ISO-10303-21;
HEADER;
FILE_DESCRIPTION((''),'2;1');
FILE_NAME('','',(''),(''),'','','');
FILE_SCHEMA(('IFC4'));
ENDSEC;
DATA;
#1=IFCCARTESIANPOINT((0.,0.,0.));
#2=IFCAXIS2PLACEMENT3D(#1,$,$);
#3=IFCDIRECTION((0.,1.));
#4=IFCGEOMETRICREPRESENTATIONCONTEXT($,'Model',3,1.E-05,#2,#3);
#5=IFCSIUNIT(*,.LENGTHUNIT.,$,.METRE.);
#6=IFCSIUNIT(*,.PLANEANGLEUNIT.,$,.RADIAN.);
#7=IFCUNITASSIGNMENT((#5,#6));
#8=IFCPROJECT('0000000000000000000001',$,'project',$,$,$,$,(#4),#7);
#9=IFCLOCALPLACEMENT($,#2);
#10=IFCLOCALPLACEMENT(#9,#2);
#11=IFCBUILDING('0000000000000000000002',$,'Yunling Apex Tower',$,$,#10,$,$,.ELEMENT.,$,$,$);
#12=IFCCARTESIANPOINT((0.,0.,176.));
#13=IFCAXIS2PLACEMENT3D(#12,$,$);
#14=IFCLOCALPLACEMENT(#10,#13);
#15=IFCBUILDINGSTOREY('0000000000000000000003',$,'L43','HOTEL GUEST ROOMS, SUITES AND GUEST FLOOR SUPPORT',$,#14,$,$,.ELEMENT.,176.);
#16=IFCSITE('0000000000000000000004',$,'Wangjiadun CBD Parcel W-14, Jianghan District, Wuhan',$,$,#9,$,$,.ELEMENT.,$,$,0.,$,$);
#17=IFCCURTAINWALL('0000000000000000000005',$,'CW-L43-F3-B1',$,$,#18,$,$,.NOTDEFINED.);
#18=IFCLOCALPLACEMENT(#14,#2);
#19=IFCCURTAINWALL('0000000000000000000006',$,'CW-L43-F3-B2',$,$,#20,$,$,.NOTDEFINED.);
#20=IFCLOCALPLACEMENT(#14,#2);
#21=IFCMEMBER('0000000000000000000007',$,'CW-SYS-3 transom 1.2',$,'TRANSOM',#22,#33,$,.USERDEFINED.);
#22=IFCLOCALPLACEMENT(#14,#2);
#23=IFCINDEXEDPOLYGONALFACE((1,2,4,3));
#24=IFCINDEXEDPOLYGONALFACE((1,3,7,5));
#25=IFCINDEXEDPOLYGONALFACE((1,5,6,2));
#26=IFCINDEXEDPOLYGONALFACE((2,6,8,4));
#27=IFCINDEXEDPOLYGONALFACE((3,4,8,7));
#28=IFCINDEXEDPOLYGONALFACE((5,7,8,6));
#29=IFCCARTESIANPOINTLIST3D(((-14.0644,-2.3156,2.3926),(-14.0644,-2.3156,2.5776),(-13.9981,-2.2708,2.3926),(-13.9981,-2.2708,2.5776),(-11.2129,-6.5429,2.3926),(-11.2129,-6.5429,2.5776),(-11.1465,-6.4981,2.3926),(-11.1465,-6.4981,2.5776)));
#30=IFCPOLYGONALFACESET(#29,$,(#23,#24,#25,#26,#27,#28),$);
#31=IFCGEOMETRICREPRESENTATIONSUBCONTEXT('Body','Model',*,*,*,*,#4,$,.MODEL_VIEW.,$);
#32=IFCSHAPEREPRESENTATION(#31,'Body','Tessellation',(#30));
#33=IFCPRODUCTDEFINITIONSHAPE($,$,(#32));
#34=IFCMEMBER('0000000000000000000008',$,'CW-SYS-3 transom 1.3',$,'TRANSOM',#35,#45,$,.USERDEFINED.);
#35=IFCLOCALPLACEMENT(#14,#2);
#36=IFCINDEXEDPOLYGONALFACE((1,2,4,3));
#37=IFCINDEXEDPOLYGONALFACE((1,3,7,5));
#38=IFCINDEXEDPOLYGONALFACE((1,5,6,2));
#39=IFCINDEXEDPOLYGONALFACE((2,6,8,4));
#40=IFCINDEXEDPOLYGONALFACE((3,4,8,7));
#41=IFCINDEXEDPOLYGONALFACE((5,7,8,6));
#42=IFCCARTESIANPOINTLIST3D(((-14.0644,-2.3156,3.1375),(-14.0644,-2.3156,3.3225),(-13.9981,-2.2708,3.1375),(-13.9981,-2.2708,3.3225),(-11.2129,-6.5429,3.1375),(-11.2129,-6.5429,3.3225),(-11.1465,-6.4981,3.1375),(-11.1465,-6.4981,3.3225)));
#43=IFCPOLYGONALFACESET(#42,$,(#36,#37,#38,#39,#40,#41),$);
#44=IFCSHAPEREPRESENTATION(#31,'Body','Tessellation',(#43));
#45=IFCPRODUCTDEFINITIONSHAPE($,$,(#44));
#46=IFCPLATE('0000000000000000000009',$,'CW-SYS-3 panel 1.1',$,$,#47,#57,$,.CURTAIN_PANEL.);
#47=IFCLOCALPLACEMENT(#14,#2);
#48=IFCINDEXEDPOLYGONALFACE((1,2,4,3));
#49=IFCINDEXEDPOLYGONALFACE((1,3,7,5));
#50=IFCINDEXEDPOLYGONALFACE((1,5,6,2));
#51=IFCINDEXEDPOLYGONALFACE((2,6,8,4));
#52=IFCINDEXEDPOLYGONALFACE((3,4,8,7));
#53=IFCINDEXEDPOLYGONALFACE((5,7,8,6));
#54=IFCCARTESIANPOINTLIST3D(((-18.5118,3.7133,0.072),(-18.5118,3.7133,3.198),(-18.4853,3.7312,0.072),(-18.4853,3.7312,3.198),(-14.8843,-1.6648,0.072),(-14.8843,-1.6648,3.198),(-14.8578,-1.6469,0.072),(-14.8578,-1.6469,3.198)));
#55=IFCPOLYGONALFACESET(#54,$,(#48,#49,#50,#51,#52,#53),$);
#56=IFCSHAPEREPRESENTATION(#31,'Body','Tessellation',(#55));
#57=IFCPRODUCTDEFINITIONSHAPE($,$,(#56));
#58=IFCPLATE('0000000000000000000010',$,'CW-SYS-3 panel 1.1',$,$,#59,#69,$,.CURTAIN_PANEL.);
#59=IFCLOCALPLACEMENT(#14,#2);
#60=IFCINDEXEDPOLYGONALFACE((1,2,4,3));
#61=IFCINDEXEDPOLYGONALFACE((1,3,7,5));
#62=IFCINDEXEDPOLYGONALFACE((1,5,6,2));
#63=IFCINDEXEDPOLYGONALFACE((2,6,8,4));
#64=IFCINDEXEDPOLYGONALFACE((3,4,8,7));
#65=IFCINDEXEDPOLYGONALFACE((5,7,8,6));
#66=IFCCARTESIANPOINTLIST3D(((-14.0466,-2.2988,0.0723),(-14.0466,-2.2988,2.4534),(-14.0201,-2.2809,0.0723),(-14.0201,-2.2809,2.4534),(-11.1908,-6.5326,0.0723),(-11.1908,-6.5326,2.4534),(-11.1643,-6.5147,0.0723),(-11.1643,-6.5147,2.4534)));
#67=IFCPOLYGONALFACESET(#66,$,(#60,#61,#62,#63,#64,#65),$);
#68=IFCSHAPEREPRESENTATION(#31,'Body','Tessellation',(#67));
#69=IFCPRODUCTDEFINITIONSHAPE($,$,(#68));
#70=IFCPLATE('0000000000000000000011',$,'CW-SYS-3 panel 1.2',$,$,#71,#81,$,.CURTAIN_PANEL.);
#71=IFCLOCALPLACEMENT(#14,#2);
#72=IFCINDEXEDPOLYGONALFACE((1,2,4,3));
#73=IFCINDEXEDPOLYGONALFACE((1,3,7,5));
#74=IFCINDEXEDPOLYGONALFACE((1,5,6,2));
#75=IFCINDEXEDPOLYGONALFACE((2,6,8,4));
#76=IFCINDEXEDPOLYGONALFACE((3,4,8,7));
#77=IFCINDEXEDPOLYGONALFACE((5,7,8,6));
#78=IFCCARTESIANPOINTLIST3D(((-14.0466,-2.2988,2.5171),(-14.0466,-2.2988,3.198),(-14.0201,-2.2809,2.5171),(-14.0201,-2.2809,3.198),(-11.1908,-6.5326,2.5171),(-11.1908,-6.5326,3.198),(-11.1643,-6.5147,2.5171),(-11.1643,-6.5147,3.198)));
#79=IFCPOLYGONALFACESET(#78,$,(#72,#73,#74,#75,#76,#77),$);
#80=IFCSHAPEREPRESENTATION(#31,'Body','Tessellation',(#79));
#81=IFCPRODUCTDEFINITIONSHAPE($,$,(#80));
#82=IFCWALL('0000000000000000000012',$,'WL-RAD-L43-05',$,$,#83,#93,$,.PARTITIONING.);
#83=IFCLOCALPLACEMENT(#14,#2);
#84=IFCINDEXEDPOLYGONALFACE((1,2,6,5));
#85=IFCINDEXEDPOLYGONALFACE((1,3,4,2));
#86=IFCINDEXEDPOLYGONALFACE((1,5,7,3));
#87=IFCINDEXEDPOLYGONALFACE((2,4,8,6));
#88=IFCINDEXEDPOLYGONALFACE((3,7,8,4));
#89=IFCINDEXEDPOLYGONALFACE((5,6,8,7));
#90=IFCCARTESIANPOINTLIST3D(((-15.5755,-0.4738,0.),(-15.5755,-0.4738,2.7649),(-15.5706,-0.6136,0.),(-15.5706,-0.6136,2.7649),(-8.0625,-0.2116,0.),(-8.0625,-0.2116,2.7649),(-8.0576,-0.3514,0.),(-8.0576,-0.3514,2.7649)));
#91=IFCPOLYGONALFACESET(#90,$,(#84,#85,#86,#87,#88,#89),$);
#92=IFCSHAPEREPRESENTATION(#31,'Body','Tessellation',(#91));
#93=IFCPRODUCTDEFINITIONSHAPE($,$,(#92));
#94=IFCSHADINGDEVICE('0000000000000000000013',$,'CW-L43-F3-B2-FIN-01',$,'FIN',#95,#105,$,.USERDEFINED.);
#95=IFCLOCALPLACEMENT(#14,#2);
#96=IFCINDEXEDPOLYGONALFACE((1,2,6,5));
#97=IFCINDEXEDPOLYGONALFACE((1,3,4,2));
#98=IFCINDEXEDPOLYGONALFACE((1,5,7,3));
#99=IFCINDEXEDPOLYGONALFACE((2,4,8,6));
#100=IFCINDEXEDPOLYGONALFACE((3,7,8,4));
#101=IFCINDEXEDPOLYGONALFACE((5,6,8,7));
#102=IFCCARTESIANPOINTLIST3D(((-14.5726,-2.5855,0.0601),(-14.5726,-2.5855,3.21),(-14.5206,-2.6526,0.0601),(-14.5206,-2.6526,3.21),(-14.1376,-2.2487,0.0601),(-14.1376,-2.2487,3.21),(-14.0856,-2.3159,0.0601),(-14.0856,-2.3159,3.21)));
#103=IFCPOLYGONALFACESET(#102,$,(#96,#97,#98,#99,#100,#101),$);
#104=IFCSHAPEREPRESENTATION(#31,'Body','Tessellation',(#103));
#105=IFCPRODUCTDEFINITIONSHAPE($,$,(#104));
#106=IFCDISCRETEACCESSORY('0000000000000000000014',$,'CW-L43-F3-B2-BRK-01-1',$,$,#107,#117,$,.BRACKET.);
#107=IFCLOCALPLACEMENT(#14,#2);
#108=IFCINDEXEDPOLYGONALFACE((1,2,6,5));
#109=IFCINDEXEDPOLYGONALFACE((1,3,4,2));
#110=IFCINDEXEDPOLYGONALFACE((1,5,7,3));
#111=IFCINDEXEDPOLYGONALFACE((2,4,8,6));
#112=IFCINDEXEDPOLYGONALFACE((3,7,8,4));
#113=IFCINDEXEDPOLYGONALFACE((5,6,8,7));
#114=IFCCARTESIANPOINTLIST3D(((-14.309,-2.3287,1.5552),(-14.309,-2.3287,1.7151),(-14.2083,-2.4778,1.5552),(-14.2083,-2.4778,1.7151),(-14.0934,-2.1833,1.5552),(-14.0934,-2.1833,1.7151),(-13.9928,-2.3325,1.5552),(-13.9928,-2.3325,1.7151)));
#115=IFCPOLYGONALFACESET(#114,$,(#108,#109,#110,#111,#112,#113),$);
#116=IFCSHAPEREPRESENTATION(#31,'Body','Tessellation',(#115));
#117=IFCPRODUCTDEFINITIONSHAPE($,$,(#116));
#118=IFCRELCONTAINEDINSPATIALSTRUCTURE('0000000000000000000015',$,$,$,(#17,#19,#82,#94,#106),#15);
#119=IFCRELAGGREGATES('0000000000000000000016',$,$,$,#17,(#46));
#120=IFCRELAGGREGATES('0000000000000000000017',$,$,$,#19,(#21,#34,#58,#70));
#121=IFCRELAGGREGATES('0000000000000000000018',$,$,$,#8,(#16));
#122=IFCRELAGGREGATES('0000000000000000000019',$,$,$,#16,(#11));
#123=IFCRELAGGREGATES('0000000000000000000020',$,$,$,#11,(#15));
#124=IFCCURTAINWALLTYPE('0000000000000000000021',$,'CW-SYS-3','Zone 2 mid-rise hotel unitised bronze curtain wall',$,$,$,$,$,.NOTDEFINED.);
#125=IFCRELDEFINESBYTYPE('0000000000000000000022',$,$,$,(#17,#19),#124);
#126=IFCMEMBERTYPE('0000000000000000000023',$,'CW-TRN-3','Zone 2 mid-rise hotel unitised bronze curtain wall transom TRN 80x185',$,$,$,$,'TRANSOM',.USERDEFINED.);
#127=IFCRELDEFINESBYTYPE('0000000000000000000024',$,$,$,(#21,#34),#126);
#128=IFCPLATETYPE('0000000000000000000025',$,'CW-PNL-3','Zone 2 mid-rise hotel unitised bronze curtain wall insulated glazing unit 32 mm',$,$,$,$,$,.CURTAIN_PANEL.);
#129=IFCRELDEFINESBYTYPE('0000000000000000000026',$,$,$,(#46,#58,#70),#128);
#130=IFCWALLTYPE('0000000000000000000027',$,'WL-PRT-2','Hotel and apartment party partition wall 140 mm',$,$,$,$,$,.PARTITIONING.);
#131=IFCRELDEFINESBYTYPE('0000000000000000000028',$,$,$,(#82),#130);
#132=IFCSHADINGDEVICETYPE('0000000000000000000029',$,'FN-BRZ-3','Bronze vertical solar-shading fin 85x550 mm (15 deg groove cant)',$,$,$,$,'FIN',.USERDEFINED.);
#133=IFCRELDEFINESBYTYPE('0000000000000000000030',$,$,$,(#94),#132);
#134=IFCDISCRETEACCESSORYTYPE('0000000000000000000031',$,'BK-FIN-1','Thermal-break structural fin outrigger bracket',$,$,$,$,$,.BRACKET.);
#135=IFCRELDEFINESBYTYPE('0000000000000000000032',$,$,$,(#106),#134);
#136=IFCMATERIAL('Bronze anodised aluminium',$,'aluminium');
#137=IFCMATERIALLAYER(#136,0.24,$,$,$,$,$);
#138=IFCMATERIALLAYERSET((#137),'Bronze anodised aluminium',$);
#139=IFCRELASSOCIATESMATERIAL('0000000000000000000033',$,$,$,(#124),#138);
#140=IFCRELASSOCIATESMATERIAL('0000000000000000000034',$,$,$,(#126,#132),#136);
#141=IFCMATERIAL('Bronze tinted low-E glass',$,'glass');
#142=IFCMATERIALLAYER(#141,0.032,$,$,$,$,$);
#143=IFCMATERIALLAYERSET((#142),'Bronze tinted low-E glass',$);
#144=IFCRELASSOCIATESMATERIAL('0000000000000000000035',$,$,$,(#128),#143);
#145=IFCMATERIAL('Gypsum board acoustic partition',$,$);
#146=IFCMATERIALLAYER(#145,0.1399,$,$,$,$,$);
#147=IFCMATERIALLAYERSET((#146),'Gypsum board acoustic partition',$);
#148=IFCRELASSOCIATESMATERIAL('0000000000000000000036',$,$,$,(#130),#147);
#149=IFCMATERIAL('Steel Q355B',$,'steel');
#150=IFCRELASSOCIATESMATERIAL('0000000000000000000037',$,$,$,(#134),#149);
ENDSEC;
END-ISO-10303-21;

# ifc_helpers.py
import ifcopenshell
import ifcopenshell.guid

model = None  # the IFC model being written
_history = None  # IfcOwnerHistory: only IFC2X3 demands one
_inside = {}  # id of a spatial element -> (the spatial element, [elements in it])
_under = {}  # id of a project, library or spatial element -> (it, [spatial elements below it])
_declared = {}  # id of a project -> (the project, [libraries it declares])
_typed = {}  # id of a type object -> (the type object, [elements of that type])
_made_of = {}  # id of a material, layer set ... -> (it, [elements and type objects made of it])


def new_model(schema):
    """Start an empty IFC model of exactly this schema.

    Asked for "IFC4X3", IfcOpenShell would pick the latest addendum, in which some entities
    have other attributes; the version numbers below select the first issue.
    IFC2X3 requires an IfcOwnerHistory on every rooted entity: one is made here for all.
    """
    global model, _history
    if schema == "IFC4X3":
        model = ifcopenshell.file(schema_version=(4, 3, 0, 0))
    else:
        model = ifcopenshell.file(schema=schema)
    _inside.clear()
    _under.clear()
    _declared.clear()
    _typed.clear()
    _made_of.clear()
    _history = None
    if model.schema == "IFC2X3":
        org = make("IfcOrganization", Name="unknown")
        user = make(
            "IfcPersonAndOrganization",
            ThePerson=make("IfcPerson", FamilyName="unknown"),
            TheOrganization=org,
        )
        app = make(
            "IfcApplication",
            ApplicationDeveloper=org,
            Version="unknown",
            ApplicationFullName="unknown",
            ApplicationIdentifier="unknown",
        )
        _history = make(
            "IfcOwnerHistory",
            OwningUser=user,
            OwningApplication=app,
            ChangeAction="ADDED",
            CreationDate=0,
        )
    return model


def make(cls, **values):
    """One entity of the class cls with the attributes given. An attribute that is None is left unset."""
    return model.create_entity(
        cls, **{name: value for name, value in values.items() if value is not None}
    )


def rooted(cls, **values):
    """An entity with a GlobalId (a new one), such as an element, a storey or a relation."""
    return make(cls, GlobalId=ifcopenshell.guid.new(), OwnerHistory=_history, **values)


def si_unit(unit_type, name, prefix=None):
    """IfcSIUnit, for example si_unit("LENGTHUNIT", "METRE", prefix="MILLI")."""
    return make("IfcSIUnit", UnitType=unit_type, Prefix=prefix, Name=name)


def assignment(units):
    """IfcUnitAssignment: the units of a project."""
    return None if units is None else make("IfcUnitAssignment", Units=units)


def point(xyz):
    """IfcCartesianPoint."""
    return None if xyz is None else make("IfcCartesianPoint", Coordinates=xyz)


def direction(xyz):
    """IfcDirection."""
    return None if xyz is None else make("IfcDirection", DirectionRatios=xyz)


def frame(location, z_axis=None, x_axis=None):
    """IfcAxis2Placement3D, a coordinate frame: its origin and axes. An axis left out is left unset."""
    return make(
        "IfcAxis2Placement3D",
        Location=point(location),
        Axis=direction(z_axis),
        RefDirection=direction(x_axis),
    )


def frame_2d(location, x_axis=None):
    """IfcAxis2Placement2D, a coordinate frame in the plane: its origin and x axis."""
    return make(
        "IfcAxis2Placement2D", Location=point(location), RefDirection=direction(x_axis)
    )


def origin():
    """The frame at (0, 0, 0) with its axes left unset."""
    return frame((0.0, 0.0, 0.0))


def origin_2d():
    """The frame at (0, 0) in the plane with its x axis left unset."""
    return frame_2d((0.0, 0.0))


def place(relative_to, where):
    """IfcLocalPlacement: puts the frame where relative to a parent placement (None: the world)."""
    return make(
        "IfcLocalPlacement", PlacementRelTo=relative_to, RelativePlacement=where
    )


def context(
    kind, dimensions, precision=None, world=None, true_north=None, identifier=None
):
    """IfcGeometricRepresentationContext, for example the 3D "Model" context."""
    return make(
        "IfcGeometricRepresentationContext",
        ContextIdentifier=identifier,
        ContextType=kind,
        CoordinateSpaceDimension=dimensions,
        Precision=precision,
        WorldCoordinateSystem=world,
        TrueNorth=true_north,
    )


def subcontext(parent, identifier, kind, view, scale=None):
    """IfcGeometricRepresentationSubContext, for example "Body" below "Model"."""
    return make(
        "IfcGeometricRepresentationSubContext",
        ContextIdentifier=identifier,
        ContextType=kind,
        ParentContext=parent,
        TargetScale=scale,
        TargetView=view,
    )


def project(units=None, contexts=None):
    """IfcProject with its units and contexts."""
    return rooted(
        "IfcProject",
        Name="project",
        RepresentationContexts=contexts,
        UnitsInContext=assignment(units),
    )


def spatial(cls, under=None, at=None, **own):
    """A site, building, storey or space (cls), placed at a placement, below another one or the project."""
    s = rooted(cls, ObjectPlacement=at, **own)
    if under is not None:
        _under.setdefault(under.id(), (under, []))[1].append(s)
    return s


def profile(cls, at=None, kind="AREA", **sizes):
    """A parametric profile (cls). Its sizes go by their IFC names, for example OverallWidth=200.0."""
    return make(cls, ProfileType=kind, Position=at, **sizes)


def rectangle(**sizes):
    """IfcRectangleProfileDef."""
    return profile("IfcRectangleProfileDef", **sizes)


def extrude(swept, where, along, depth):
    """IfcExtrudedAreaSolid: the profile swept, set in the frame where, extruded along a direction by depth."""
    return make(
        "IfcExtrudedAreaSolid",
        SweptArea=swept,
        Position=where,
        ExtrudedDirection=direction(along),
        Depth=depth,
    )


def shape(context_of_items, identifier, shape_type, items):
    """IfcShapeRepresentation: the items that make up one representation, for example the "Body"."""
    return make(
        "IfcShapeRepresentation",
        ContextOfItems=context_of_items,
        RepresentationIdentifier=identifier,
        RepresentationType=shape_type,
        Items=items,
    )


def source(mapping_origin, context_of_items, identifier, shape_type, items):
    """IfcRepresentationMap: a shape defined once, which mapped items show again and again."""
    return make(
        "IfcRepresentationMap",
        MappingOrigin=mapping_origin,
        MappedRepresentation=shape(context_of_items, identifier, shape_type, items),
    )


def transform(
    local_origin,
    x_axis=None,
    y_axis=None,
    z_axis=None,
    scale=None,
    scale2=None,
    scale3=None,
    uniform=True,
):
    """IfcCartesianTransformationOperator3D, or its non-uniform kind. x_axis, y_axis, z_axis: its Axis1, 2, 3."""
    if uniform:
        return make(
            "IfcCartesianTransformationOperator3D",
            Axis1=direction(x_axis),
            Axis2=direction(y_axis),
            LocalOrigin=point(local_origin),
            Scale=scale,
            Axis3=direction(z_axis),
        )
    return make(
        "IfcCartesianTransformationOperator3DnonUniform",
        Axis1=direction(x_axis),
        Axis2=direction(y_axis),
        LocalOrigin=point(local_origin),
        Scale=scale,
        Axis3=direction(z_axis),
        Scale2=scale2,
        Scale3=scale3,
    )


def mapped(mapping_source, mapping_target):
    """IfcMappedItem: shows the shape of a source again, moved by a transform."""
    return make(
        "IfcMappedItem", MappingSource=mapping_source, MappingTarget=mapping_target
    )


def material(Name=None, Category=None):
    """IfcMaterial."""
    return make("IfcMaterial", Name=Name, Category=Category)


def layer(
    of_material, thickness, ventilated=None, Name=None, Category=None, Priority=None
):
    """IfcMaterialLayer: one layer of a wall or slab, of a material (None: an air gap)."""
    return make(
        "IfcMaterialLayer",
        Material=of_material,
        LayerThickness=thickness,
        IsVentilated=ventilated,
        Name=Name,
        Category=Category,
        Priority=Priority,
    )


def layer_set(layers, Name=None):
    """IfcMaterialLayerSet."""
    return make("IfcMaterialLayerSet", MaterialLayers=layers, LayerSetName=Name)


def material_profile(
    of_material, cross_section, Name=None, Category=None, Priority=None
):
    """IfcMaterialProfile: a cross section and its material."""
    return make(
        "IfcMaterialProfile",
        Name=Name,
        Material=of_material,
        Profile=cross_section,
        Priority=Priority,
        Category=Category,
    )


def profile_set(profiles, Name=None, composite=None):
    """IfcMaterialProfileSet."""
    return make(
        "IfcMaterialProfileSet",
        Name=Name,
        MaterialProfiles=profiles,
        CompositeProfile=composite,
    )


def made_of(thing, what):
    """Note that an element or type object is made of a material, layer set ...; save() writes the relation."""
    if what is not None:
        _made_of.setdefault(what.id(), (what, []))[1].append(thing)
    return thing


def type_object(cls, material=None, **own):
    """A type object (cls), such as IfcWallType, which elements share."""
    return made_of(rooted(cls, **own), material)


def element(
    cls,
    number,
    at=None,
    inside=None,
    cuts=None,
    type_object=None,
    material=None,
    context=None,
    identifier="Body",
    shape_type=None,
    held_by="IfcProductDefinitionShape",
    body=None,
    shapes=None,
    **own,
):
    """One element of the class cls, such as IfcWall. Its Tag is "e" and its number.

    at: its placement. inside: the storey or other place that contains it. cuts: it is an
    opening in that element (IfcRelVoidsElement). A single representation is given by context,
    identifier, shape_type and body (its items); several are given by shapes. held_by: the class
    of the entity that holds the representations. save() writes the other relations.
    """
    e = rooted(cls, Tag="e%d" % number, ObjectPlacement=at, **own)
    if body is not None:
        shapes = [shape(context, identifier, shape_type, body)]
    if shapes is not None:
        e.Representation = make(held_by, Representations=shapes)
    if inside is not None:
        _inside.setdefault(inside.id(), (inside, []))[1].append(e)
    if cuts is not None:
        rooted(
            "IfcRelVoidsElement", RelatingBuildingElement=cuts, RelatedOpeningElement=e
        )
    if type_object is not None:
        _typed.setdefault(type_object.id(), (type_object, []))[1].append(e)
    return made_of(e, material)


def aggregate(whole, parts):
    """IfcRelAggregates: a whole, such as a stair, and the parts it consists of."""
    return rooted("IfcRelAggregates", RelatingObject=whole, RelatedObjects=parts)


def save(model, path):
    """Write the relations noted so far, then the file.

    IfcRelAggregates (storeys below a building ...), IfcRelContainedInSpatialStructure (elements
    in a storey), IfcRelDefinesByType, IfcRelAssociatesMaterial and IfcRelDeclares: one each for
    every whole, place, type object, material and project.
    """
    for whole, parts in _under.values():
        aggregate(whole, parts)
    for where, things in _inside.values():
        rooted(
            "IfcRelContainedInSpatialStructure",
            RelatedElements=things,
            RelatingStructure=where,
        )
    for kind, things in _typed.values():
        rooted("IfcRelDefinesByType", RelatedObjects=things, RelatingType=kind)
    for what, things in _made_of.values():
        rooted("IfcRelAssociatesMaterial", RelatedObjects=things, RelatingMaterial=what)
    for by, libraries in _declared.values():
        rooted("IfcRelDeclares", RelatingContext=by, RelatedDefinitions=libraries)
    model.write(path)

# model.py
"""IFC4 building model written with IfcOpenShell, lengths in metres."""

from ifc_helpers import new_model, si_unit, direction, frame, frame_2d, origin, origin_2d, place, context, subcontext, project, spatial, rectangle, extrude, source, transform, mapped, material, layer, layer_set, material_profile, profile_set, type_object, element, aggregate, save


model = new_model("IFC4")

# Units and contexts
model_context = context("Model", 3, precision=1e-05, world=origin(), true_north=direction((0.0, 1.0)))
body_context = subcontext(model_context, "Body", "Model", "MODEL_VIEW")
ifc_project = project(units=[si_unit("LENGTHUNIT", "METRE"), si_unit("PLANEANGLEUNIT", "RADIAN")], contexts=[model_context])

# Site, building, storey
site_placement = place(None, origin())
site = spatial("IfcSite", under=ifc_project, at=site_placement, Name="Wangjiadun CBD Parcel W-14, Jianghan District, Wuhan", CompositionType="ELEMENT", RefElevation=0.0)
building_placement = place(site_placement, origin())
building = spatial("IfcBuilding", under=site, at=building_placement, Name="Yunling Apex Tower", CompositionType="ELEMENT")
storey_placement = place(building_placement, frame((0.0, 0.0, 176.0)))
storey = spatial("IfcBuildingStorey", under=building, at=storey_placement, Name="L43", Description="HOTEL GUEST ROOMS, SUITES AND GUEST FLOOR SUPPORT", CompositionType="ELEMENT", Elevation=176.0)

# Shared definitions
ifc_material_1 = material(Name="Steel Q355B", Category="steel")

# Curtain wall
ifc_material_2 = material(Name="Bronze anodised aluminium", Category="aluminium")
ifc_layer_1 = layer(ifc_material_2, 0.24)
ifc_layer_set_1 = layer_set([ifc_layer_1], Name="Bronze anodised aluminium")
curtain_wall_type = type_object("IfcCurtainWallType", Name="CW-SYS-3", Description="Zone 2 mid-rise hotel unitised bronze curtain wall", PredefinedType="NOTDEFINED", material=ifc_layer_set_1)
curtain_wall_1_placement = place(storey_placement, origin())
curtain_wall_1 = element("IfcCurtainWall", 1, at=curtain_wall_1_placement, inside=storey, type_object=curtain_wall_type, Name="CW-L43-F3-B1", PredefinedType="NOTDEFINED")

# Curtain wall, members
curtain_wall_2_placement = place(storey_placement, origin())
curtain_wall_2 = element("IfcCurtainWall", 2, at=curtain_wall_2_placement, inside=storey, type_object=curtain_wall_type, Name="CW-L43-F3-B2", PredefinedType="NOTDEFINED")
ifc_material_profile_1 = material_profile(ifc_material_2, rectangle(XDim=0.0801, YDim=0.1851, at=origin_2d()))
ifc_profile_set_1 = profile_set([ifc_material_profile_1], Name="Bronze anodised aluminium")
member_type_1 = type_object("IfcMemberType", Name="CW-TRN-3", Description="Zone 2 mid-rise hotel unitised bronze curtain wall transom TRN 80x185", ElementType="TRANSOM", PredefinedType="USERDEFINED", material=ifc_profile_set_1)
shared_shape_1 = source(origin(), body_context, "Body", "SweptSolid", [
    extrude(rectangle(XDim=0.0801, YDim=0.1851, at=origin_2d()), origin(), (0.0, 0.0, 1.0), 5.0991),
])
member_1_placement = place(storey_placement, frame((-14.0312, -2.2932, 2.4851), z_axis=(0.559222, -0.829018, 0.0), x_axis=(0.829018, 0.559222, 0.0)))
member_1 = element("IfcMember", 3, at=member_1_placement, type_object=member_type_1, Name="CW-SYS-3 transom 1.2", ObjectType="TRANSOM", PredefinedType="USERDEFINED", context=body_context, shape_type="MappedRepresentation", body=[
    mapped(shared_shape_1, transform((0.0, 0.0, 0.0), scale=1.0)),
])
member_2_placement = place(storey_placement, frame((-14.0312, -2.2932, 3.23), z_axis=(0.559222, -0.829018, 0.0), x_axis=(0.829018, 0.559222, 0.0)))
member_2 = element("IfcMember", 4, at=member_2_placement, type_object=member_type_1, Name="CW-SYS-3 transom 1.3", ObjectType="TRANSOM", PredefinedType="USERDEFINED", context=body_context, shape_type="MappedRepresentation", body=[
    mapped(shared_shape_1, transform((0.0, 0.0, 0.0), scale=1.0)),
])

# Plates
ifc_material_3 = material(Name="Bronze tinted low-E glass", Category="glass")
ifc_layer_2 = layer(ifc_material_3, 0.032)
ifc_layer_set_2 = layer_set([ifc_layer_2], Name="Bronze tinted low-E glass")
plate_type = type_object("IfcPlateType", Name="CW-PNL-3", Description="Zone 2 mid-rise hotel unitised bronze curtain wall insulated glazing unit 32 mm", PredefinedType="CURTAIN_PANEL", material=ifc_layer_set_2)
shared_shape_2 = source(origin(), body_context, "Body", "SweptSolid", [
    extrude(rectangle(XDim=6.4871, YDim=0.032, at=origin_2d()), origin(), (0.0, 0.0, 1.0), 3.126),
])
plate_1_placement = place(storey_placement, frame((-16.6848, 1.0332, 0.072), z_axis=(0.0, 0.0, 1.0), x_axis=(0.559181, -0.829045, 0.0)))
plate_1 = element("IfcPlate", 5, at=plate_1_placement, type_object=plate_type, Name="CW-SYS-3 panel 1.1", PredefinedType="CURTAIN_PANEL", context=body_context, shape_type="MappedRepresentation", body=[
    mapped(shared_shape_2, transform((0.0, 0.0, 0.0), scale=1.0)),
])
aggregate(curtain_wall_1, [plate_1])
shared_shape_3 = source(origin(), body_context, "Body", "SweptSolid", [
    extrude(rectangle(XDim=5.1069, YDim=0.032, at=origin_2d()), origin(), (0.0, 0.0, 1.0), 2.3811),
])
plate_2_placement = place(storey_placement, frame((-12.6055, -4.4067, 0.0723), z_axis=(0.0, 0.0, 1.0), x_axis=(0.55921, -0.829026, 0.0)))
plate_2 = element("IfcPlate", 6, at=plate_2_placement, type_object=plate_type, Name="CW-SYS-3 panel 1.1", PredefinedType="CURTAIN_PANEL", context=body_context, shape_type="MappedRepresentation", body=[
    mapped(shared_shape_3, transform((0.0, 0.0, 0.0), scale=1.0)),
])
shared_shape_4 = source(origin(), body_context, "Body", "SweptSolid", [
    extrude(rectangle(XDim=5.1069, YDim=0.032, at=origin_2d()), origin(), (0.0, 0.0, 1.0), 0.6809),
])
plate_3_placement = place(storey_placement, frame((-12.6055, -4.4067, 2.5171), z_axis=(0.0, 0.0, 1.0), x_axis=(0.55921, -0.829026, 0.0)))
plate_3 = element("IfcPlate", 7, at=plate_3_placement, type_object=plate_type, Name="CW-SYS-3 panel 1.2", PredefinedType="CURTAIN_PANEL", context=body_context, shape_type="MappedRepresentation", body=[
    mapped(shared_shape_4, transform((0.0, 0.0, 0.0), scale=1.0)),
])
aggregate(curtain_wall_2, [member_1, member_2, plate_2, plate_3])

# Wall
ifc_material_4 = material(Name="Gypsum board acoustic partition")
ifc_layer_3 = layer(ifc_material_4, 0.1399)
ifc_layer_set_3 = layer_set([ifc_layer_3], Name="Gypsum board acoustic partition")
wall_type = type_object("IfcWallType", Name="WL-PRT-2", Description="Hotel and apartment party partition wall 140 mm", PredefinedType="PARTITIONING", material=ifc_layer_set_3)
wall_placement = place(storey_placement, frame((-8.0601, -0.2815, 0.0), z_axis=(0.0, 0.0, 1.0), x_axis=(-0.999392, -0.034879, 0.0)))
element("IfcWall", 8, at=wall_placement, inside=storey, type_object=wall_type, Name="WL-RAD-L43-05", PredefinedType="PARTITIONING", context=body_context, shape_type="SweptSolid", body=[
    extrude(rectangle(XDim=7.5176, YDim=0.1399, at=frame_2d((3.7588, 0.0))), origin(), (0.0, 0.0, 1.0), 2.7649),
])

# Shading device
ifc_material_profile_2 = material_profile(ifc_material_2, rectangle(XDim=0.085, YDim=0.55, at=origin_2d()))
ifc_profile_set_2 = profile_set([ifc_material_profile_2], Name="Bronze anodised aluminium")
shading_device_type = type_object("IfcShadingDeviceType", Name="FN-BRZ-3", Description="Bronze vertical solar-shading fin 85x550 mm (15 deg groove cant)", ElementType="FIN", PredefinedType="USERDEFINED", material=ifc_profile_set_2)
shared_shape_5 = source(origin(), body_context, "Body", "SweptSolid", [
    extrude(rectangle(XDim=0.085, YDim=0.55, at=origin_2d()), origin(), (0.0, 0.0, 1.0), 3.1499),
])
shading_device_placement = place(storey_placement, frame((-14.3291, -2.4507, 0.0601), z_axis=(0.0, 0.0, 1.0), x_axis=(0.612217, -0.79069, 0.0)))
element("IfcShadingDevice", 9, at=shading_device_placement, inside=storey, type_object=shading_device_type, Name="CW-L43-F3-B2-FIN-01", ObjectType="FIN", PredefinedType="USERDEFINED", context=body_context, shape_type="MappedRepresentation", body=[
    mapped(shared_shape_5, transform((0.0, 0.0, 0.0), scale=1.0)),
])

# Discrete accessory
discrete_accessory_type = type_object("IfcDiscreteAccessoryType", Name="BK-FIN-1", Description="Thermal-break structural fin outrigger bracket", PredefinedType="BRACKET", material=ifc_material_1)
shared_shape_6 = source(origin(), body_context, "Body", "SweptSolid", [
    extrude(rectangle(XDim=0.1799, YDim=0.26, at=origin_2d()), origin(), (0.0, 0.0, 1.0), 0.1599),
])
discrete_accessory_placement = place(storey_placement, frame((-14.1509, -2.3306, 1.5552), z_axis=(0.0, 0.0, 1.0), x_axis=(0.559193, -0.829038, 0.0)))
element("IfcDiscreteAccessory", 10, at=discrete_accessory_placement, inside=storey, type_object=discrete_accessory_type, Name="CW-L43-F3-B2-BRK-01-1", PredefinedType="BRACKET", context=body_context, shape_type="MappedRepresentation", body=[
    mapped(shared_shape_6, transform((0.0, 0.0, 0.0), scale=1.0)),
])

save(model, "model.ifc")
